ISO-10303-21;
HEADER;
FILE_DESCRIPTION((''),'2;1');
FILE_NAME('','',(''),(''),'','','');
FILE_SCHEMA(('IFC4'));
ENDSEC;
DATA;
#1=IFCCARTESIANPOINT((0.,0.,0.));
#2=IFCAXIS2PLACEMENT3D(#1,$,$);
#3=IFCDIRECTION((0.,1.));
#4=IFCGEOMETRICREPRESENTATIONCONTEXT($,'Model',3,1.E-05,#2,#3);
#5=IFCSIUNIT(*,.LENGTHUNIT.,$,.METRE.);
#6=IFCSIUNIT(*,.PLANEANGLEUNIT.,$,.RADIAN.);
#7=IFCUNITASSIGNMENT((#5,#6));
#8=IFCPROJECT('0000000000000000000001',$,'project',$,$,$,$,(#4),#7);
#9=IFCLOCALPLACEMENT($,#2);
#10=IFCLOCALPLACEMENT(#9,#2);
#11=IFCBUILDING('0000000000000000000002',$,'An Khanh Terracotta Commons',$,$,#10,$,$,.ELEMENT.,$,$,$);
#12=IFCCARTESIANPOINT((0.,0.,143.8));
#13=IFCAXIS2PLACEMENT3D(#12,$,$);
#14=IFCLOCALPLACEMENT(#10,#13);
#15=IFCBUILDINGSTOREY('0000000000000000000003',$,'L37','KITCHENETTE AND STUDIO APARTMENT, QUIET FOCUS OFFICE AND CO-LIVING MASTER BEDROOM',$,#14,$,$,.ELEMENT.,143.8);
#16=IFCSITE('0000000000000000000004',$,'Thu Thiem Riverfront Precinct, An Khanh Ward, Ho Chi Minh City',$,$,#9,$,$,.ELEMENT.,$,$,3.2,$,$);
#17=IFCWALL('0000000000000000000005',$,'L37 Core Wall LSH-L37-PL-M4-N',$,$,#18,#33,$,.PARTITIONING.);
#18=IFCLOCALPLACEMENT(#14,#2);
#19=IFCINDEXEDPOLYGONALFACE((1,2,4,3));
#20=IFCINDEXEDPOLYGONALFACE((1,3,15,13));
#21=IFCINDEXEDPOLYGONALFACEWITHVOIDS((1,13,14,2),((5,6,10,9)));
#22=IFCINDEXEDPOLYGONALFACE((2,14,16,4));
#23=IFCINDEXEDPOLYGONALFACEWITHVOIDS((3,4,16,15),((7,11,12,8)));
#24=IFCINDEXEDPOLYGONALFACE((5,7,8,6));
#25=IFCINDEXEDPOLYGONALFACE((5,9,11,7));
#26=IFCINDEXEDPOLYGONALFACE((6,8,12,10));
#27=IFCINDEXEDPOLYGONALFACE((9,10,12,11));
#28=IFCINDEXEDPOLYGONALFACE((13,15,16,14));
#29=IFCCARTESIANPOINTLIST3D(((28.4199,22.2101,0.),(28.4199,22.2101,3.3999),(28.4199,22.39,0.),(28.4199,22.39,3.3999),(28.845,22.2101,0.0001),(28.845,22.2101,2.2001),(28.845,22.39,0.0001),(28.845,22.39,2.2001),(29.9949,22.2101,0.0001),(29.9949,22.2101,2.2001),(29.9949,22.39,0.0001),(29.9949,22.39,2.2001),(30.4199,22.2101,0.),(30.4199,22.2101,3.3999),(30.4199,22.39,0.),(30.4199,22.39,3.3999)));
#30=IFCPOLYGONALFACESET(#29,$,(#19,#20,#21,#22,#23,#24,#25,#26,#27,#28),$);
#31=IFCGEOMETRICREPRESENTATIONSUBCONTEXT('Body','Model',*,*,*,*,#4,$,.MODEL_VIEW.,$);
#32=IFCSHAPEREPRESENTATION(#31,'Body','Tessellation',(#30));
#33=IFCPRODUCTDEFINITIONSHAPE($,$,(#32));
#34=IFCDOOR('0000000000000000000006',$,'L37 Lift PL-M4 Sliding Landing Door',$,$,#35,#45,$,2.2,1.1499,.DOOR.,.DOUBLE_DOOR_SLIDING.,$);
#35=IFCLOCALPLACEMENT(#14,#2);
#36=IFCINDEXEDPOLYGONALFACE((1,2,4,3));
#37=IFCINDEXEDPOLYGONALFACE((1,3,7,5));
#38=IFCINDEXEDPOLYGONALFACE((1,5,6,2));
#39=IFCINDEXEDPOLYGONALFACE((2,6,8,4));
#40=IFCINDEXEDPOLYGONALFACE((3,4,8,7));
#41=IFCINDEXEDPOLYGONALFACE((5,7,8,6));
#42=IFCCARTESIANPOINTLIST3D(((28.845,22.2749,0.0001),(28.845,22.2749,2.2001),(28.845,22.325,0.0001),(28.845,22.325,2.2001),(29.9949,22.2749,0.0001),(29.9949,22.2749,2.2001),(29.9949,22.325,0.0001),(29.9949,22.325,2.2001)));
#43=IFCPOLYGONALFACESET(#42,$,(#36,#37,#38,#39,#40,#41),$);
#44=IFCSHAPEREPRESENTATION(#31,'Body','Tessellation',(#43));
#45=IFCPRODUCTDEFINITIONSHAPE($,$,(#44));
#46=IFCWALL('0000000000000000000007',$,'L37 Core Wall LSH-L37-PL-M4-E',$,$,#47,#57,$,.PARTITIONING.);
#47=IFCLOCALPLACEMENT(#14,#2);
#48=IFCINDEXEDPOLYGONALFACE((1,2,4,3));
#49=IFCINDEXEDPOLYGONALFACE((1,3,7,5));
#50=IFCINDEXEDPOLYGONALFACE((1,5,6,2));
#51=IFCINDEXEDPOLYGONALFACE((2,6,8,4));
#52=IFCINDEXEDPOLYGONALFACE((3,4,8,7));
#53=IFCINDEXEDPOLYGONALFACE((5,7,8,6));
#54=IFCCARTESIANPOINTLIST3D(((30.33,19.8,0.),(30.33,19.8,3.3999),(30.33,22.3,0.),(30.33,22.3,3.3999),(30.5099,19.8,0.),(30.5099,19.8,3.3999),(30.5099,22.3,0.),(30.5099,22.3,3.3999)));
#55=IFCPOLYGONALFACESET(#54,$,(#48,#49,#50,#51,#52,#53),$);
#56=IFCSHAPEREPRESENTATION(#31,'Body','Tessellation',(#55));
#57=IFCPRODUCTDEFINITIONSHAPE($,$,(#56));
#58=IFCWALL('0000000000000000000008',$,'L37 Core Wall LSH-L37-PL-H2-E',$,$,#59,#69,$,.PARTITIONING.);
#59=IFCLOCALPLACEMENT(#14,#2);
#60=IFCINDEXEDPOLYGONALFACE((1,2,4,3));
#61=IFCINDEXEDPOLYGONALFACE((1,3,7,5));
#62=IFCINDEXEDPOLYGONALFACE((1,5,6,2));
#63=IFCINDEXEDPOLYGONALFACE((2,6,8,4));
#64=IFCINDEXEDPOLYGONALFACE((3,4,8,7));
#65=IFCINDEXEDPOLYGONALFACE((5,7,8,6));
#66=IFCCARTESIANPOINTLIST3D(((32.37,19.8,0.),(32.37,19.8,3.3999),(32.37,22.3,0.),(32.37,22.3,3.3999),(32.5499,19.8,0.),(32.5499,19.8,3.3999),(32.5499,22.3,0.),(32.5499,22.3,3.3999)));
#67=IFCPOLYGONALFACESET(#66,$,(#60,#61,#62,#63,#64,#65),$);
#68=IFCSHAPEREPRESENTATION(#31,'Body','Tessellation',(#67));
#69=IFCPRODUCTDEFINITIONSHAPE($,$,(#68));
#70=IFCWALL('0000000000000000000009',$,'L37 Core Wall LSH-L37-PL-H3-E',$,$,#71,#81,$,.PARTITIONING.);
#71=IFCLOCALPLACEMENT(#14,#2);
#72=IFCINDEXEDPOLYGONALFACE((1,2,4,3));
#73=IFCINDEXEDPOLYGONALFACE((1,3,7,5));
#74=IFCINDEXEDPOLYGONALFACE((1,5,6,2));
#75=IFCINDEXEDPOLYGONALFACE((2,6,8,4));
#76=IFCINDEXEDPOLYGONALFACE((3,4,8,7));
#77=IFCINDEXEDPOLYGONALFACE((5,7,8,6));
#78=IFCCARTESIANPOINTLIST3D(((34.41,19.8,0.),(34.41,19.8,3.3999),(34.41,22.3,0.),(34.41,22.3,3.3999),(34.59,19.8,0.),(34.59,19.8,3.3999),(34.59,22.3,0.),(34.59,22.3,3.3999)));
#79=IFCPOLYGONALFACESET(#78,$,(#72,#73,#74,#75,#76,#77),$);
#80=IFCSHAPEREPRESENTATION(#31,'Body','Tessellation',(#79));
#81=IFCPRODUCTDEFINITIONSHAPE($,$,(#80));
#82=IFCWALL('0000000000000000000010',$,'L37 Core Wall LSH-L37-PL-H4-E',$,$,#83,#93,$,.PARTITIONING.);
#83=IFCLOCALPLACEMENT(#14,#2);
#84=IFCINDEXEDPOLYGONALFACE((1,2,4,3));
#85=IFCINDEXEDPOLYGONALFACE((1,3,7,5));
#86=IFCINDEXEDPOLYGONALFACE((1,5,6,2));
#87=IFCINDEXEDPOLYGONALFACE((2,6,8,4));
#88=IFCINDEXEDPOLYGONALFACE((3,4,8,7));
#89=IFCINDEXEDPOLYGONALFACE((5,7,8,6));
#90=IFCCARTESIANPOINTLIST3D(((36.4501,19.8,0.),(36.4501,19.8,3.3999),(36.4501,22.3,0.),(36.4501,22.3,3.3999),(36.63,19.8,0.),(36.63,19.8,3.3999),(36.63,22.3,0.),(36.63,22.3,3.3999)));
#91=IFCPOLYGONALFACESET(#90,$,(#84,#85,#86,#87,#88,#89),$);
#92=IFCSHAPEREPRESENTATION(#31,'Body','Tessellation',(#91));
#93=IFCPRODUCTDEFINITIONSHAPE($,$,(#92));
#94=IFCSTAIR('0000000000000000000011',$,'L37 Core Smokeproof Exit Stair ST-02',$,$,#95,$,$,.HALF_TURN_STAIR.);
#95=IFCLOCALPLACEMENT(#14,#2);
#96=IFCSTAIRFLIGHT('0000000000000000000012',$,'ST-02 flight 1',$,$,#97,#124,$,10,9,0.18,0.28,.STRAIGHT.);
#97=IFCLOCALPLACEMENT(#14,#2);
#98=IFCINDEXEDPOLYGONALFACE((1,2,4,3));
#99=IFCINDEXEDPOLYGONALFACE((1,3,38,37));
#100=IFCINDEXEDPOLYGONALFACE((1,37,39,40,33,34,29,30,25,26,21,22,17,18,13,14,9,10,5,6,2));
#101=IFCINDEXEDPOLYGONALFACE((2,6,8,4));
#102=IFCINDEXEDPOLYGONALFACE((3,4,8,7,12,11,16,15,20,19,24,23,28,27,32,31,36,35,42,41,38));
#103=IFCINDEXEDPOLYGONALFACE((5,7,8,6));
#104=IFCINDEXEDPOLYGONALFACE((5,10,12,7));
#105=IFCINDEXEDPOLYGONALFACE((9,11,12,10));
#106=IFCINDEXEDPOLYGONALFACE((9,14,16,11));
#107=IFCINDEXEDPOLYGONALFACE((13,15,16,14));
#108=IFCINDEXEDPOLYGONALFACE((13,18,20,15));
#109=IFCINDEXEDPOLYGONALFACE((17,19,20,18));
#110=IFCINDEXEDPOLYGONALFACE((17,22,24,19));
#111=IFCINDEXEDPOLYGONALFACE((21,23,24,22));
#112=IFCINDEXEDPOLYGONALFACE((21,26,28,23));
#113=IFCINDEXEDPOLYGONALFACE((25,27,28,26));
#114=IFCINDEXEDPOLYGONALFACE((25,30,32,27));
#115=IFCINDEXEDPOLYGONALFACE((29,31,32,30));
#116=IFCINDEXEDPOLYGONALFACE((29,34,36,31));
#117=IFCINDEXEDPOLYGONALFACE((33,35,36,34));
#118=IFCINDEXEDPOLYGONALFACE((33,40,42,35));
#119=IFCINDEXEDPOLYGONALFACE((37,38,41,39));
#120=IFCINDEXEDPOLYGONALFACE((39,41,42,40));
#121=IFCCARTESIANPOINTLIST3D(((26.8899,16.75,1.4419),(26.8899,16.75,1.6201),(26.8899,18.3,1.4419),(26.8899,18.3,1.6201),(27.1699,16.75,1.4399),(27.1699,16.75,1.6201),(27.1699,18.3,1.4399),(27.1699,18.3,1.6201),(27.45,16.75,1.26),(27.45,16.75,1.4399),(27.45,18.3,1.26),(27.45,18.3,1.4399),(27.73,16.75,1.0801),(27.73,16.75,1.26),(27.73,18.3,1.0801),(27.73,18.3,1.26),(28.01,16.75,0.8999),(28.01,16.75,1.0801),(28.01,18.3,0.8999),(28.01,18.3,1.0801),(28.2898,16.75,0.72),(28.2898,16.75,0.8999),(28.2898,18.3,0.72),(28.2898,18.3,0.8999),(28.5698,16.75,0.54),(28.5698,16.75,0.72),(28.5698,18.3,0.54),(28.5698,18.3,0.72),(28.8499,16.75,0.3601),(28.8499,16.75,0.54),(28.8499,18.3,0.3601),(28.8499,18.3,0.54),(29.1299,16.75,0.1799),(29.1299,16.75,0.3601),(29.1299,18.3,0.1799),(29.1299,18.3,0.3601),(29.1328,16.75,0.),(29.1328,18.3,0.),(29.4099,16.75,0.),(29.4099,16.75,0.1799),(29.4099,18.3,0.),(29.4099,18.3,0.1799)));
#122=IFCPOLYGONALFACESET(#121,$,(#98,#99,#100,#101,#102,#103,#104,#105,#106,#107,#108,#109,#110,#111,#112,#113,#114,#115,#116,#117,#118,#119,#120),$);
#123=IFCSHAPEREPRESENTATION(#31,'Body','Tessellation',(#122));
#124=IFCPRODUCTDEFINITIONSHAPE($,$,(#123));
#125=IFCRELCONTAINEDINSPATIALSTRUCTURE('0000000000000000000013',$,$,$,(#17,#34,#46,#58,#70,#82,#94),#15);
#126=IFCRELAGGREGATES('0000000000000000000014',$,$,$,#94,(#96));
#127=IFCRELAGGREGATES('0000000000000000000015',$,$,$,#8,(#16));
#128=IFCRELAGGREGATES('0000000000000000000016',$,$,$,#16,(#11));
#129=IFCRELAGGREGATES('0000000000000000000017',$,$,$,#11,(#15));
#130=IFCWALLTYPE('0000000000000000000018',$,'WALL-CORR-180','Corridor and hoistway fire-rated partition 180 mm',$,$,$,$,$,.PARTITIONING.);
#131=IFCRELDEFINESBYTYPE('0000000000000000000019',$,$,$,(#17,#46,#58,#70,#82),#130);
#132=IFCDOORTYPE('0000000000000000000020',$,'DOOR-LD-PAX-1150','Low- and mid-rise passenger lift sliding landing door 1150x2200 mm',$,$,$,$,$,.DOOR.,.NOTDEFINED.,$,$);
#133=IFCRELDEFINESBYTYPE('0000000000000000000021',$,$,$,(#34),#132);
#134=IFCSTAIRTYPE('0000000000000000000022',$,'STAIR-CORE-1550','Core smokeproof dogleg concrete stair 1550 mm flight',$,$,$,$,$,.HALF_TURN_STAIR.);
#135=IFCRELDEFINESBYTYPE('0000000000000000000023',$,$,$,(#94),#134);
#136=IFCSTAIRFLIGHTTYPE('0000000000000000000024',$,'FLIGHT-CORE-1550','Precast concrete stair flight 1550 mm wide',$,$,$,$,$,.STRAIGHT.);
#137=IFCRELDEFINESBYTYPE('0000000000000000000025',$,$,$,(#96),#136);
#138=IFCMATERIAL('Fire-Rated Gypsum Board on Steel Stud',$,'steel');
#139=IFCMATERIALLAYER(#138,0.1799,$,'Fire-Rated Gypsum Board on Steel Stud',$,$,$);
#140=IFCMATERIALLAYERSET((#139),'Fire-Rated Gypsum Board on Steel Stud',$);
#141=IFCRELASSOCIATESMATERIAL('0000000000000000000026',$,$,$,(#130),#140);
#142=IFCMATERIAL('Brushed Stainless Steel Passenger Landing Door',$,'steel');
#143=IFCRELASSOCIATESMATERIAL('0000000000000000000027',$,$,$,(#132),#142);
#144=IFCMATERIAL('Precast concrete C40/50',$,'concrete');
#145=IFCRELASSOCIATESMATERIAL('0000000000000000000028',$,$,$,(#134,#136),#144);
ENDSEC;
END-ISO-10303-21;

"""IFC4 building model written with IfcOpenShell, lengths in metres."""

from ifc_helpers import new_model, si_unit, direction, frame, frame_2d, origin, place, context, subcontext, project, spatial, polyline, rectangle, outline, extrude, material, layer, layer_set, type_object, element, fill, aggregate, save


model = new_model("IFC4")

# Units and contexts
model_context = context("Model", 3, precision=1e-05, world=origin(), true_north=direction((0.0, 1.0)))
body_context = subcontext(model_context, "Body", "Model", "MODEL_VIEW")
ifc_project = project(units=[si_unit("LENGTHUNIT", "METRE"), si_unit("PLANEANGLEUNIT", "RADIAN")], contexts=[model_context])

# Site, building, storey
site_placement = place(None, origin())
site = spatial("IfcSite", under=ifc_project, at=site_placement, Name="Thu Thiem Riverfront Precinct, An Khanh Ward, Ho Chi Minh City", CompositionType="ELEMENT", RefElevation=3.2)
building_placement = place(site_placement, origin())
building = spatial("IfcBuilding", under=site, at=building_placement, Name="An Khanh Terracotta Commons", CompositionType="ELEMENT")
storey_placement = place(building_placement, frame((0.0, 0.0, 143.8)))
storey = spatial("IfcBuildingStorey", under=building, at=storey_placement, Name="L37", Description="KITCHENETTE AND STUDIO APARTMENT, QUIET FOCUS OFFICE AND CO-LIVING MASTER BEDROOM", CompositionType="ELEMENT", Elevation=143.8)

# Shared definitions
ifc_material_1 = material(Name="Fire-Rated Gypsum Board on Steel Stud", Category="steel")
ifc_layer = layer(ifc_material_1, 0.1799, Name="Fire-Rated Gypsum Board on Steel Stud")
ifc_layer_set = layer_set([ifc_layer], Name="Fire-Rated Gypsum Board on Steel Stud")
wall_type = type_object("IfcWallType", Name="WALL-CORR-180", Description="Corridor and hoistway fire-rated partition 180 mm", PredefinedType="PARTITIONING", material=ifc_layer_set)

# Shared definitions
ifc_material_2 = material(Name="Brushed Stainless Steel Passenger Landing Door", Category="steel")
door_type_1 = type_object("IfcDoorType", Name="DOOR-LD-PAX-1150", Description="Low- and mid-rise passenger lift sliding landing door 1150x2200 mm", OperationType="NOTDEFINED", PredefinedType="DOOR", material=ifc_material_2)

# Wall, opening, door
wall_1_placement = place(storey_placement, frame((28.4199, 22.3, 0.0), z_axis=(0.0, 0.0, 1.0), x_axis=(1.0, 0.0, 0.0)))
wall_1 = element("IfcWall", 1, at=wall_1_placement, inside=storey, type_object=wall_type, Name="L37 Core Wall LSH-L37-PL-M4-N", PredefinedType="PARTITIONING", context=body_context, shape_type="SweptSolid", body=[
    extrude(rectangle(XDim=2.0, YDim=0.1799, at=frame_2d((1.0, 0.0))), origin(), (0.0, 0.0, 1.0), 3.3999),
])
opening_1_placement = place(wall_1_placement, frame((0.425, 0.0, 0.0)))
opening_1 = element("IfcOpeningElement", 2, at=opening_1_placement, cuts=wall_1, PredefinedType="OPENING", context=body_context, shape_type="SweptSolid", body=[
    extrude(rectangle(XDim=1.1499, YDim=2.2, at=frame_2d((0.575, 1.1001))), frame((0.0, 0.0999, 0.0), z_axis=(0.0, -1.0, 0.0), x_axis=(1.0, 0.0, 0.0)), (0.0, 0.0, 1.0), 0.2),
])
door_1_placement = place(opening_1_placement, origin())
door_1 = element("IfcDoor", 3, at=door_1_placement, inside=storey, type_object=door_type_1, Name="L37 Lift PL-M4 Sliding Landing Door", OperationType="DOUBLE_DOOR_SLIDING", OverallHeight=2.2, OverallWidth=1.1499, PredefinedType="DOOR", context=body_context, shape_type="SweptSolid", body=[
    extrude(rectangle(XDim=1.1499, YDim=2.2, at=frame_2d((0.575, 1.1001))), frame((0.0, 0.0249, 0.0), z_axis=(0.0, -1.0, 0.0), x_axis=(1.0, 0.0, 0.0)), (0.0, 0.0, 1.0), 0.05),
])
fill(opening_1, door_1)

# Walls
for number, where, z_axis, x_axis, name in (
    (4, (30.4199, 19.8, 0.0), (0.0, 0.0, 1.0), (0.0, 1.0, 0.0), "L37 Core Wall LSH-L37-PL-M4-E"),
    (5, (32.46, 19.8, 0.0), (0.0, 0.0, 1.0), (0.0, 1.0, 0.0), "L37 Core Wall LSH-L37-PL-H2-E"),
    (6, (34.5, 19.8, 0.0), (0.0, 0.0, 1.0), (0.0, 1.0, 0.0), "L37 Core Wall LSH-L37-PL-H3-E"),
    (7, (36.54, 19.8, 0.0), (0.0, 0.0, 1.0), (0.0, 1.0, 0.0), "L37 Core Wall LSH-L37-PL-H4-E"),
):
    element("IfcWall", number, at=place(storey_placement, frame(where, z_axis=z_axis, x_axis=x_axis)), inside=storey, type_object=wall_type, Name=name, PredefinedType="PARTITIONING", context=body_context, shape_type="SweptSolid", body=[
        extrude(rectangle(XDim=2.5, YDim=0.1799, at=frame_2d((1.25, 0.0))), origin(), (0.0, 0.0, 1.0), 3.3999),
    ])

# Stair, stair flight
ifc_material_3 = material(Name="Precast concrete C40/50", Category="concrete")
stair_type = type_object("IfcStairType", Name="STAIR-CORE-1550", Description="Core smokeproof dogleg concrete stair 1550 mm flight", PredefinedType="HALF_TURN_STAIR", material=ifc_material_3)
stair_placement = place(storey_placement, origin())
stair = element("IfcStair", 8, at=stair_placement, inside=storey, type_object=stair_type, Name="L37 Core Smokeproof Exit Stair ST-02", PredefinedType="HALF_TURN_STAIR")
stair_flight_type = type_object("IfcStairFlightType", Name="FLIGHT-CORE-1550", Description="Precast concrete stair flight 1550 mm wide", PredefinedType="STRAIGHT", material=ifc_material_3)
stair_flight_placement = place(storey_placement, frame((29.4099, 17.5249, 0.0), z_axis=(0.0, 0.0, 1.0), x_axis=(-1.0, 0.0, 0.0)))
stair_flight = element("IfcStairFlight", 9, at=stair_flight_placement, type_object=stair_flight_type, Name="ST-02 flight 1", NumberOfRisers=10, NumberOfTreads=9, PredefinedType="STRAIGHT", RiserHeight=0.18, TreadLength=0.28, context=body_context, shape_type="SweptSolid", body=[
    extrude(outline(polyline([(0.0, 0.0), (0.0, 0.1799), (0.28, 0.1799), (0.28, 0.3601), (0.5601, 0.3601), (0.5601, 0.54), (0.8401, 0.54), (0.8401, 0.72), (1.1201, 0.72), (1.1201, 0.8999), (1.3999, 0.8999), (1.3999, 1.0801), (1.6799, 1.0801), (1.6799, 1.26), (1.96, 1.26), (1.96, 1.4399), (2.24, 1.4399), (2.24, 1.6201), (2.52, 1.6201), (2.52, 1.8), (2.52, 1.4419), (0.2771, 0.0), (0.0, 0.0)])), frame((0.0, 0.7749, 0.0), z_axis=(0.0, -1.0, 0.0), x_axis=(1.0, 0.0, 0.0)), (0.0, 0.0, 1.0), 1.55),
])
aggregate(stair, [stair_flight])

save(model, "model.ifc")
